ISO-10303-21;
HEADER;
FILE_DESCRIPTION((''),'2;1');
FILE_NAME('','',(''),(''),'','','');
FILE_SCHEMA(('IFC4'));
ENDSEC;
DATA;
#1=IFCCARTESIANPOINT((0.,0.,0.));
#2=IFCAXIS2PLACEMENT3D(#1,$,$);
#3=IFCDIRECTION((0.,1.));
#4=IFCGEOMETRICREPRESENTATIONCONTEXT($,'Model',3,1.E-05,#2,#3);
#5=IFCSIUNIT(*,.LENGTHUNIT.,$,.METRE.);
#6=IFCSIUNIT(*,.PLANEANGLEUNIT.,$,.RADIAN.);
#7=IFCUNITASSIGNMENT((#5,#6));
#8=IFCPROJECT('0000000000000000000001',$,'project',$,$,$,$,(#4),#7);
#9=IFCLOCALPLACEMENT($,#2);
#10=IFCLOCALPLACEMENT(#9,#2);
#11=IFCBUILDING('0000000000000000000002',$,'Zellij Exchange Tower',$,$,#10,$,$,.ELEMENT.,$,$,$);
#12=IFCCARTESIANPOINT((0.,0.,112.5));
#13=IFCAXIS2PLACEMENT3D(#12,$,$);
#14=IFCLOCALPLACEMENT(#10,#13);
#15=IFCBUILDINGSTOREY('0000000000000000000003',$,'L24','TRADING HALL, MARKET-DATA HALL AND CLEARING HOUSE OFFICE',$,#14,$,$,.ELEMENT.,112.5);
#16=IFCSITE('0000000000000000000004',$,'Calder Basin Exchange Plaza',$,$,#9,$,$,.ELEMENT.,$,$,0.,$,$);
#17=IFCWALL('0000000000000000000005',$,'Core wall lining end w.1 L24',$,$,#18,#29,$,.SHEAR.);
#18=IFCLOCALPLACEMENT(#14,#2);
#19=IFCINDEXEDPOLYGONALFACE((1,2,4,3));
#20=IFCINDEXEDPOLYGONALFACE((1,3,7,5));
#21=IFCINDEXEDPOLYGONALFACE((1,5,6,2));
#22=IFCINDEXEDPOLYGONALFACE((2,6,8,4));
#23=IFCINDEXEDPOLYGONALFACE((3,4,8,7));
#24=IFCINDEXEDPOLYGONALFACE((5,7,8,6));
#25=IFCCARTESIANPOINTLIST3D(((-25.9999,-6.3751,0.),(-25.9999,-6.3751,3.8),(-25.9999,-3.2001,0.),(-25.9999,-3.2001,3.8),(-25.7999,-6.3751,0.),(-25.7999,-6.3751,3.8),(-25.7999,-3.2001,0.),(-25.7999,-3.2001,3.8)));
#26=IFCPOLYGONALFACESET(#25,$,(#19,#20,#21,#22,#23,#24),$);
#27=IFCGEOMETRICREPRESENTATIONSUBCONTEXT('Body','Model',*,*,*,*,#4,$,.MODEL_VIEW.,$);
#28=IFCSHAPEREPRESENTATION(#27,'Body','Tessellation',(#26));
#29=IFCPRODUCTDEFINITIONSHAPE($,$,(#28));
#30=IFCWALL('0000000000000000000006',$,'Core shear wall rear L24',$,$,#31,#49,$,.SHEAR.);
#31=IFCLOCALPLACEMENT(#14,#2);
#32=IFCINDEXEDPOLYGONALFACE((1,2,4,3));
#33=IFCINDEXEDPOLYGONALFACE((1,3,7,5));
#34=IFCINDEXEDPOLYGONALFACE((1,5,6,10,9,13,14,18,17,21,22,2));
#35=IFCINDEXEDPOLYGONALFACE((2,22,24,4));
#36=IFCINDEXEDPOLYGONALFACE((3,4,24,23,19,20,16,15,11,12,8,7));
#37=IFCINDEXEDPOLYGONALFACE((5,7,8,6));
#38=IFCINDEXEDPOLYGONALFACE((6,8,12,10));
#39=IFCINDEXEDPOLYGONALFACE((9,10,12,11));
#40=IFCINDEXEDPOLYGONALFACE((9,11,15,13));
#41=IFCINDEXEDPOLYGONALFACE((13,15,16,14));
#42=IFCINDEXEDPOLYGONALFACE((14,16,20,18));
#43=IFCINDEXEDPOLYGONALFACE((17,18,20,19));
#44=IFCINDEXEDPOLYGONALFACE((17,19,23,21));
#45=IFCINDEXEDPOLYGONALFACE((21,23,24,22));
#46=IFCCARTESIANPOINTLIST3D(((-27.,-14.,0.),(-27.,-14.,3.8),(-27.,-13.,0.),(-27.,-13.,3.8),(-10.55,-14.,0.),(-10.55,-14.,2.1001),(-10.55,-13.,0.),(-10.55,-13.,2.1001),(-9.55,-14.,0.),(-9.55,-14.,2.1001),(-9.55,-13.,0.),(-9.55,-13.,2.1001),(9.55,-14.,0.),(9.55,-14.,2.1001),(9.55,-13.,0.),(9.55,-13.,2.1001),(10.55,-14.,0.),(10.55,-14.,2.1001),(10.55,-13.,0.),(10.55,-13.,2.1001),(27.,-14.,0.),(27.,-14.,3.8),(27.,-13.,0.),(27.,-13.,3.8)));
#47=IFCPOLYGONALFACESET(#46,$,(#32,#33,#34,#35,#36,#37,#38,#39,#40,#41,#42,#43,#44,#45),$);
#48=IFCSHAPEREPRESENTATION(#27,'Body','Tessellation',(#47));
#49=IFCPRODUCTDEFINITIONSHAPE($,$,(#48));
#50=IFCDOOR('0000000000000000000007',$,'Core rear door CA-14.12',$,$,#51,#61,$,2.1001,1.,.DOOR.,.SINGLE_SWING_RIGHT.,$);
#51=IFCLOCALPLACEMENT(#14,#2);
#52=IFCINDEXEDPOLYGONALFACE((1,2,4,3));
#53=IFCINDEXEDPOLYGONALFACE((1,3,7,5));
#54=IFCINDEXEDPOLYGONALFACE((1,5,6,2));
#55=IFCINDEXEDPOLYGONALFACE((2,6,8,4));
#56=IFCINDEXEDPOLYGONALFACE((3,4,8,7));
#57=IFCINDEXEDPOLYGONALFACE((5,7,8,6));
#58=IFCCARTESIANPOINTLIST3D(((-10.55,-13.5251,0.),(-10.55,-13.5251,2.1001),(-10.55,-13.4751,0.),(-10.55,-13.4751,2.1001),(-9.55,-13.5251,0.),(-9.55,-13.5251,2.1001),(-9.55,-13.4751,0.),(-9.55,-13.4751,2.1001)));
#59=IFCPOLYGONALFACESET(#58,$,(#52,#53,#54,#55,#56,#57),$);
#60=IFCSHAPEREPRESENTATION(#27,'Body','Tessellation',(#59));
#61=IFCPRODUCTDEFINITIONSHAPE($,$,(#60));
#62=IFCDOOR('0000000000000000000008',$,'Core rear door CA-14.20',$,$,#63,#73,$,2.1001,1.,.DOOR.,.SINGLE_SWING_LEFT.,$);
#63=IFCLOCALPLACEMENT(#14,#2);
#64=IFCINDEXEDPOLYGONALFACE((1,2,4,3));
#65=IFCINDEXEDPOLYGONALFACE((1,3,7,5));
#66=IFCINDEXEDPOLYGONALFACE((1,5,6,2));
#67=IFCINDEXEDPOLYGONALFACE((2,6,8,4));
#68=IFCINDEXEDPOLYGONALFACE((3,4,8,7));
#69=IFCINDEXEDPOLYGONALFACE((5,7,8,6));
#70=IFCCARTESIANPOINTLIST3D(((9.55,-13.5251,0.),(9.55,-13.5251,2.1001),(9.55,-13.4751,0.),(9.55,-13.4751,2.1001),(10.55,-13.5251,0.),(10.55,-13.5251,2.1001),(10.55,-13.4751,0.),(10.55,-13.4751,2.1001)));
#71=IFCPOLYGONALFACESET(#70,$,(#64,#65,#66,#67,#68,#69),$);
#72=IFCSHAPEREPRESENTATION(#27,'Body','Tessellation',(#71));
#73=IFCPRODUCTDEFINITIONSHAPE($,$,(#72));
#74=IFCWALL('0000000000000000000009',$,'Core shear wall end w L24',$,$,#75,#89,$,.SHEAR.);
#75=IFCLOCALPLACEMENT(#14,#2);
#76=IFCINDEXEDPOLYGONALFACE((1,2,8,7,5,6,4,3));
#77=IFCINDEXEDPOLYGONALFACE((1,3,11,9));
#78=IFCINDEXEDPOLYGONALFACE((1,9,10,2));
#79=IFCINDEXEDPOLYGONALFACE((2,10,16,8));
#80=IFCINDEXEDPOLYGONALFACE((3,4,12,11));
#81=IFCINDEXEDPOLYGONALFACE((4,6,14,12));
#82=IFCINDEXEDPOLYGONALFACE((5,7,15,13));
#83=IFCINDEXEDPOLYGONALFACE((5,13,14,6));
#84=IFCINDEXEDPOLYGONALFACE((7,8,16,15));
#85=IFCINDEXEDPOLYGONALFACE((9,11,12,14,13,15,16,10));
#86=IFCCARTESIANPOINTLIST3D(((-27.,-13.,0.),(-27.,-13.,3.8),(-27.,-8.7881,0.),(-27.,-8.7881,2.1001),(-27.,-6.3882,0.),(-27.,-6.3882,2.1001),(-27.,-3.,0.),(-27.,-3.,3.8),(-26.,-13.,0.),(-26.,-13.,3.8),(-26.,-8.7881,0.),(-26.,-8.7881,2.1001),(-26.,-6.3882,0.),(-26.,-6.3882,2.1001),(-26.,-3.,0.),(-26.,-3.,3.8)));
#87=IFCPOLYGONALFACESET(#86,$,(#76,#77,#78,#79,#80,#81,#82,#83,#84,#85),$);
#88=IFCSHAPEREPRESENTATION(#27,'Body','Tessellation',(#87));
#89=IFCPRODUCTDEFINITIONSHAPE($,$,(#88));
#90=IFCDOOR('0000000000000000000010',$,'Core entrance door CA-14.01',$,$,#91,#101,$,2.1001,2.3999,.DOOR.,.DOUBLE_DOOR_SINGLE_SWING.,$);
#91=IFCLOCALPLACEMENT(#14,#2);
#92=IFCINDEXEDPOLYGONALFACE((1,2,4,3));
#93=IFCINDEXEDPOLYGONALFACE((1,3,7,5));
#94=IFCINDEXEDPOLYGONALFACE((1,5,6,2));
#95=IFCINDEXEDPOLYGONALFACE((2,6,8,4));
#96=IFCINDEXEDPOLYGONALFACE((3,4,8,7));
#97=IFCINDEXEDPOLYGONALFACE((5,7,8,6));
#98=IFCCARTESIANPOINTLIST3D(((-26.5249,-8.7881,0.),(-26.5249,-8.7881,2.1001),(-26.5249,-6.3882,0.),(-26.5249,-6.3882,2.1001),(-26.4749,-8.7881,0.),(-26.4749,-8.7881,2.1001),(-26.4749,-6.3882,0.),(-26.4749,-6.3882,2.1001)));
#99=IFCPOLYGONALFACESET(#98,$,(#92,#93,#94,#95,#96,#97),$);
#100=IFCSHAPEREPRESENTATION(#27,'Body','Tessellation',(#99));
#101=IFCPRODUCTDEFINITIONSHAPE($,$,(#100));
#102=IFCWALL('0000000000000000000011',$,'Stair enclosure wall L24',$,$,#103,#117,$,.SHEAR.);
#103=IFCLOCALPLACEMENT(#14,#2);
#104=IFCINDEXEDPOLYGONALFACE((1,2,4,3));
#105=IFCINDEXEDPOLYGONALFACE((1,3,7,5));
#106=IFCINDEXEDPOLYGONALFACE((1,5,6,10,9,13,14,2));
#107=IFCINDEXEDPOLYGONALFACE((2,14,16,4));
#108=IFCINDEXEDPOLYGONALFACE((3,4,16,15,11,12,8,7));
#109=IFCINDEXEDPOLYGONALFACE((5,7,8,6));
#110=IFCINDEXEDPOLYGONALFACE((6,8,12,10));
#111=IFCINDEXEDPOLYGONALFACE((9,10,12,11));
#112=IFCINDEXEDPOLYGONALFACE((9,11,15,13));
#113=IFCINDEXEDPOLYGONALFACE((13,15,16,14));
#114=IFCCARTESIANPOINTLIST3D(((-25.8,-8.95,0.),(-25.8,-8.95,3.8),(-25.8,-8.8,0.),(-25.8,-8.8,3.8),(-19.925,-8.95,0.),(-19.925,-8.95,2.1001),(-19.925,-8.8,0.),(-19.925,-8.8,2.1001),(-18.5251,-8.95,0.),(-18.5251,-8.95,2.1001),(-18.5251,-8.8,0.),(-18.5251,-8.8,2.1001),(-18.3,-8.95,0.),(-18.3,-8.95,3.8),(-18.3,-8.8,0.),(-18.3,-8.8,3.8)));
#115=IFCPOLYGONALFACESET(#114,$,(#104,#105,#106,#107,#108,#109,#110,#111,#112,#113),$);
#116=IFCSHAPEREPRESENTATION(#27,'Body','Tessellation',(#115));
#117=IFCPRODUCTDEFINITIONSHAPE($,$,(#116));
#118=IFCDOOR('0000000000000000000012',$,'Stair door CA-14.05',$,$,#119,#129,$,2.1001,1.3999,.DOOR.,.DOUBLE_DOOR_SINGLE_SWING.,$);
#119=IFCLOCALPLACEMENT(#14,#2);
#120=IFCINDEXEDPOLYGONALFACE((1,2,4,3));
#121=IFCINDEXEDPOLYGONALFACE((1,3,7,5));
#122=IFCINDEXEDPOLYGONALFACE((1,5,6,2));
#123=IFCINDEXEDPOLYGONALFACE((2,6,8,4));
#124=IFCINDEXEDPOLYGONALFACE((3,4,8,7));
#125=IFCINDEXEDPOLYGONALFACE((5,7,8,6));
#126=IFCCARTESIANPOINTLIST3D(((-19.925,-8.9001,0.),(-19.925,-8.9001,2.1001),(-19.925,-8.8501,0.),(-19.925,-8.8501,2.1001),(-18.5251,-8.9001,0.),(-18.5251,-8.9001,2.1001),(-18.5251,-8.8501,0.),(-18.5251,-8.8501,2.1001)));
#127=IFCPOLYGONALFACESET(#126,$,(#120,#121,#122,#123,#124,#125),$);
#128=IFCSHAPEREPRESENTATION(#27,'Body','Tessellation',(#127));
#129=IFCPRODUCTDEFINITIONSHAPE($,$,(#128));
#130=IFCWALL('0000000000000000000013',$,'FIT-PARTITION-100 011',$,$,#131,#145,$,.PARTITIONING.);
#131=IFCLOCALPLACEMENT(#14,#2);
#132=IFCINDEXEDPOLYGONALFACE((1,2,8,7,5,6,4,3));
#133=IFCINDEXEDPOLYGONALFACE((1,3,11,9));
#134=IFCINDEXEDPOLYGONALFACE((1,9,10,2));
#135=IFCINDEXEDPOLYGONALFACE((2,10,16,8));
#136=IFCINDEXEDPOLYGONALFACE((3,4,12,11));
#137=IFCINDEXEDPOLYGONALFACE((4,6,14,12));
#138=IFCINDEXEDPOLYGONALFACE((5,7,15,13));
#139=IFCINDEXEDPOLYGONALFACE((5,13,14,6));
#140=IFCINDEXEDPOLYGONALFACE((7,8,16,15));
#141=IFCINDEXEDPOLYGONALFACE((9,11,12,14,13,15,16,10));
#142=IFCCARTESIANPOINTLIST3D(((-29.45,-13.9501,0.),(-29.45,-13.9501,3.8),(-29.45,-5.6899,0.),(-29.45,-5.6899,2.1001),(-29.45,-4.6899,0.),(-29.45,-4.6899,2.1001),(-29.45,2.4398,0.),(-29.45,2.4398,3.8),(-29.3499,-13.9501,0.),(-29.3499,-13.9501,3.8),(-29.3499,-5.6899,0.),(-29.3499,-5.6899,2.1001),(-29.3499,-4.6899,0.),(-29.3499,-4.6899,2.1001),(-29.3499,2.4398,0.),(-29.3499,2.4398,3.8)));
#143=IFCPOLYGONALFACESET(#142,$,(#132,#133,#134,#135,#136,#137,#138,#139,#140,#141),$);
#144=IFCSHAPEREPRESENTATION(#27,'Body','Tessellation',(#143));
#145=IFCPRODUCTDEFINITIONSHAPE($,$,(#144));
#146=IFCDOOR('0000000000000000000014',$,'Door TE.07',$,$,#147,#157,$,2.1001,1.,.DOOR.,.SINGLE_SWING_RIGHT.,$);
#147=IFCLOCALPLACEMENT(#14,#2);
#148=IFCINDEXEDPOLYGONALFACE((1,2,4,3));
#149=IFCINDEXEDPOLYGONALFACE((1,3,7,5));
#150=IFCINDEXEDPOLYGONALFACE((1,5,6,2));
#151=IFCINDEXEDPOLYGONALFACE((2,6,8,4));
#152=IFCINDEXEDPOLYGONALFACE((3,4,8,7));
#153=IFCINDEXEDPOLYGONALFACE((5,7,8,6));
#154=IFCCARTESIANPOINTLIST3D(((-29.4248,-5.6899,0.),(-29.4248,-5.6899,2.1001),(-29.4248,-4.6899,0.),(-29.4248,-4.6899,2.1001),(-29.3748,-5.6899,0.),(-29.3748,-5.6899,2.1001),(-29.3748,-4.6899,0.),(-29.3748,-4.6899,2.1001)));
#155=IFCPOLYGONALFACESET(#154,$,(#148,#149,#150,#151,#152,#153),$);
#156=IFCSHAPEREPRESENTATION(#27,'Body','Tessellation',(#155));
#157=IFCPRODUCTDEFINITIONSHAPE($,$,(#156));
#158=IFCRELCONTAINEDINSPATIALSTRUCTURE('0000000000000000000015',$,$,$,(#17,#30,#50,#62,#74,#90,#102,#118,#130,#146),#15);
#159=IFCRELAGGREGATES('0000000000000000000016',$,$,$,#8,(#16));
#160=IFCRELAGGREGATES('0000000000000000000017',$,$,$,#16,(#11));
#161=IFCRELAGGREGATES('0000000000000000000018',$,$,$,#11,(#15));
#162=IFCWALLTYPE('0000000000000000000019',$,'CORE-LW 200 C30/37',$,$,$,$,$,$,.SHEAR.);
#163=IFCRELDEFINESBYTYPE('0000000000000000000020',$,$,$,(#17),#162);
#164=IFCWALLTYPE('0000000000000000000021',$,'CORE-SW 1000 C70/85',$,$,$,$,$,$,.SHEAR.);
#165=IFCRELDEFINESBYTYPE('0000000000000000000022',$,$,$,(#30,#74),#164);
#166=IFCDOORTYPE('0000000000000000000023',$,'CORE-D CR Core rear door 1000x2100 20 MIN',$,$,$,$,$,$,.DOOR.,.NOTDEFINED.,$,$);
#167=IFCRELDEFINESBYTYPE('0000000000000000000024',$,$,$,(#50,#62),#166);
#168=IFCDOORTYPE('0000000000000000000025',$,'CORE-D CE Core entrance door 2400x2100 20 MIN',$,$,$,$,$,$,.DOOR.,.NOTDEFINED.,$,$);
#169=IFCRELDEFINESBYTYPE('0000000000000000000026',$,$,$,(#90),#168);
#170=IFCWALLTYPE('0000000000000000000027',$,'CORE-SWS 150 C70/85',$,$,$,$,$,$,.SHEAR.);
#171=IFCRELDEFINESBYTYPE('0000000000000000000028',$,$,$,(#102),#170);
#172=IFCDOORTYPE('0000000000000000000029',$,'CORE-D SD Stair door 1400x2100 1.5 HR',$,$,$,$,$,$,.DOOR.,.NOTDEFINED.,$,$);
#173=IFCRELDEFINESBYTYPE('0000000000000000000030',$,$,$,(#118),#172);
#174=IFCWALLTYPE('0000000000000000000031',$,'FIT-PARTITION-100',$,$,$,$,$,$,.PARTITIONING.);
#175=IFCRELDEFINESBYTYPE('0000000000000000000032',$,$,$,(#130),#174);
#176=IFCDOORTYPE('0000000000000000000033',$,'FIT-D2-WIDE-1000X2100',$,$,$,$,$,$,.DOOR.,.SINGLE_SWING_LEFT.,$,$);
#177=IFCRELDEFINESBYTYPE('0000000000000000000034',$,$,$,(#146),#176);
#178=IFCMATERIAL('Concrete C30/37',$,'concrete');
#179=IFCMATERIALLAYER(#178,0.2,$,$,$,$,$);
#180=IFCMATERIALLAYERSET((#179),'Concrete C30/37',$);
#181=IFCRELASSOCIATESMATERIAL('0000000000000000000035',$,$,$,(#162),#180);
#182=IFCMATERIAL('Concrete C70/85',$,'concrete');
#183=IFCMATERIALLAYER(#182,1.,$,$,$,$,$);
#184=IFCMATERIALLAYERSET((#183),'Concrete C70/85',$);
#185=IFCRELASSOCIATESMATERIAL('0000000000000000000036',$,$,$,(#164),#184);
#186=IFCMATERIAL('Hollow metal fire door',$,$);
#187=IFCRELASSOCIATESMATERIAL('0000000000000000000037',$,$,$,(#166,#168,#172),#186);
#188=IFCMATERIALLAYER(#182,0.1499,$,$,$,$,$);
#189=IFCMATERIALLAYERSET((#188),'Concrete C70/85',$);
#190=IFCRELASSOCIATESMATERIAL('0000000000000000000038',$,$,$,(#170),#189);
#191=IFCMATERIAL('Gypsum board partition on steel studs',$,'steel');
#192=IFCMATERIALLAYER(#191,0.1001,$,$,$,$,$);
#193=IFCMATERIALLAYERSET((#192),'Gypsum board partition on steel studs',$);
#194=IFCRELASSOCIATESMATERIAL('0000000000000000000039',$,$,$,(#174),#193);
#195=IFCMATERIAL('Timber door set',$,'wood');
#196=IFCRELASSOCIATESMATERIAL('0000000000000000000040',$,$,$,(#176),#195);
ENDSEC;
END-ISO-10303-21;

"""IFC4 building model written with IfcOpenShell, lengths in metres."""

from ifc_helpers import new_model, si_unit, direction, frame, frame_2d, origin, place, context, subcontext, project, spatial, rectangle, extrude, material, layer, layer_set, type_object, element, fill, save


model = new_model("IFC4")

# Units and contexts
model_context = context("Model", 3, precision=1e-05, world=origin(), true_north=direction((0.0, 1.0)))
body_context = subcontext(model_context, "Body", "Model", "MODEL_VIEW")
ifc_project = project(units=[si_unit("LENGTHUNIT", "METRE"), si_unit("PLANEANGLEUNIT", "RADIAN")], contexts=[model_context])

# Site, building, storey
site_placement = place(None, origin())
site = spatial("IfcSite", under=ifc_project, at=site_placement, Name="Calder Basin Exchange Plaza", CompositionType="ELEMENT", RefElevation=0.0)
building_placement = place(site_placement, origin())
building = spatial("IfcBuilding", under=site, at=building_placement, Name="Zellij Exchange Tower", CompositionType="ELEMENT")
storey_placement = place(building_placement, frame((0.0, 0.0, 112.5)))
storey = spatial("IfcBuildingStorey", under=building, at=storey_placement, Name="L24", Description="TRADING HALL, MARKET-DATA HALL AND CLEARING HOUSE OFFICE", CompositionType="ELEMENT", Elevation=112.5)

# Shared definitions
ifc_material_1 = material(Name="Concrete C70/85", Category="concrete")

# Wall
ifc_material_2 = material(Name="Concrete C30/37", Category="concrete")
ifc_layer_1 = layer(ifc_material_2, 0.2)
ifc_layer_set_1 = layer_set([ifc_layer_1], Name="Concrete C30/37")
wall_type_1 = type_object("IfcWallType", Name="CORE-LW 200 C30/37", PredefinedType="SHEAR", material=ifc_layer_set_1)
wall_1_placement = place(storey_placement, frame((-25.8999, -6.375, 0.0), z_axis=(0.0, 0.0, 1.0), x_axis=(0.0, 1.0, 0.0)))
element("IfcWall", 1, at=wall_1_placement, inside=storey, type_object=wall_type_1, Name="Core wall lining end w.1 L24", PredefinedType="SHEAR", context=body_context, shape_type="SweptSolid", body=[
    extrude(rectangle(XDim=3.175, YDim=0.2, at=frame_2d((1.5874, 0.0))), origin(), (0.0, 0.0, 1.0), 3.8),
])

# Wall, openings, doors
ifc_layer_2 = layer(ifc_material_1, 1.0)
ifc_layer_set_2 = layer_set([ifc_layer_2], Name="Concrete C70/85")
wall_type_2 = type_object("IfcWallType", Name="CORE-SW 1000 C70/85", PredefinedType="SHEAR", material=ifc_layer_set_2)
wall_2_placement = place(storey_placement, frame((-27.0, -13.5, 0.0), z_axis=(0.0, 0.0, 1.0), x_axis=(1.0, 0.0, 0.0)))
wall_2 = element("IfcWall", 2, at=wall_2_placement, inside=storey, type_object=wall_type_2, Name="Core shear wall rear L24", PredefinedType="SHEAR", context=body_context, shape_type="SweptSolid", body=[
    extrude(rectangle(XDim=54.0, YDim=1.0, at=frame_2d((27.0, 0.0))), origin(), (0.0, 0.0, 1.0), 3.8),
])
opening_1_placement = place(wall_2_placement, frame((16.45, 0.0, 0.0)))
opening_1 = element("IfcOpeningElement", 3, at=opening_1_placement, cuts=wall_2, PredefinedType="OPENING", context=body_context, shape_type="SweptSolid", body=[
    extrude(rectangle(XDim=1.0, YDim=2.1001, at=frame_2d((0.5, 1.05))), frame((0.0, 0.512, 0.0), z_axis=(0.0, -1.0, 0.0), x_axis=(1.0, 0.0, 0.0)), (0.0, 0.0, 1.0), 1.0239),
])
opening_2_placement = place(wall_2_placement, frame((36.55, 0.0, 0.0)))
opening_2 = element("IfcOpeningElement", 4, at=opening_2_placement, cuts=wall_2, PredefinedType="OPENING", context=body_context, shape_type="SweptSolid", body=[
    extrude(rectangle(XDim=1.0, YDim=2.1001, at=frame_2d((0.5, 1.05))), frame((0.0, 0.512, 0.0), z_axis=(0.0, -1.0, 0.0), x_axis=(1.0, 0.0, 0.0)), (0.0, 0.0, 1.0), 1.0239),
])
ifc_material_3 = material(Name="Hollow metal fire door")
door_type_1 = type_object("IfcDoorType", Name="CORE-D CR Core rear door 1000x2100 20 MIN", OperationType="NOTDEFINED", PredefinedType="DOOR", material=ifc_material_3)
door_1_placement = place(opening_1_placement, origin())
door_1 = element("IfcDoor", 5, at=door_1_placement, inside=storey, type_object=door_type_1, Name="Core rear door CA-14.12", OperationType="SINGLE_SWING_RIGHT", OverallHeight=2.1001, OverallWidth=1.0, PredefinedType="DOOR", context=body_context, shape_type="SweptSolid", body=[
    extrude(rectangle(XDim=1.0, YDim=2.1001, at=frame_2d((0.5, 1.05))), frame((0.0, 0.0249, 0.0), z_axis=(0.0, -1.0, 0.0), x_axis=(1.0, 0.0, 0.0)), (0.0, 0.0, 1.0), 0.05),
])
fill(opening_1, door_1)
door_2_placement = place(opening_2_placement, origin())
door_2 = element("IfcDoor", 6, at=door_2_placement, inside=storey, type_object=door_type_1, Name="Core rear door CA-14.20", OperationType="SINGLE_SWING_LEFT", OverallHeight=2.1001, OverallWidth=1.0, PredefinedType="DOOR", context=body_context, shape_type="SweptSolid", body=[
    extrude(rectangle(XDim=1.0, YDim=2.1001, at=frame_2d((0.5, 1.05))), frame((0.0, 0.0249, 0.0), z_axis=(0.0, -1.0, 0.0), x_axis=(1.0, 0.0, 0.0)), (0.0, 0.0, 1.0), 0.05),
])
fill(opening_2, door_2)

# Walls, openings, doors
wall_3_placement = place(storey_placement, frame((-26.5, -13.0, 0.0), z_axis=(0.0, 0.0, 1.0), x_axis=(0.0, 1.0, 0.0)))
wall_3 = element("IfcWall", 7, at=wall_3_placement, inside=storey, type_object=wall_type_2, Name="Core shear wall end w L24", PredefinedType="SHEAR", context=body_context, shape_type="SweptSolid", body=[
    extrude(rectangle(XDim=10.0, YDim=1.0, at=frame_2d((5.0, 0.0))), origin(), (0.0, 0.0, 1.0), 3.8),
])
opening_3_placement = place(wall_3_placement, frame((4.2119, 0.0, 0.0)))
opening_3 = element("IfcOpeningElement", 8, at=opening_3_placement, cuts=wall_3, PredefinedType="OPENING", context=body_context, shape_type="SweptSolid", body=[
    extrude(rectangle(XDim=2.3999, YDim=2.1001, at=frame_2d((1.2, 1.05))), frame((0.0, 0.512, 0.0), z_axis=(0.0, -1.0, 0.0), x_axis=(1.0, 0.0, 0.0)), (0.0, 0.0, 1.0), 1.0239),
])
door_type_2 = type_object("IfcDoorType", Name="CORE-D CE Core entrance door 2400x2100 20 MIN", OperationType="NOTDEFINED", PredefinedType="DOOR", material=ifc_material_3)
door_3_placement = place(opening_3_placement, origin())
door_3 = element("IfcDoor", 9, at=door_3_placement, inside=storey, type_object=door_type_2, Name="Core entrance door CA-14.01", OperationType="DOUBLE_DOOR_SINGLE_SWING", OverallHeight=2.1001, OverallWidth=2.3999, PredefinedType="DOOR", context=body_context, shape_type="SweptSolid", body=[
    extrude(rectangle(XDim=2.3999, YDim=2.1001, at=frame_2d((1.2, 1.05))), frame((0.0, 0.0249, 0.0), z_axis=(0.0, -1.0, 0.0), x_axis=(1.0, 0.0, 0.0)), (0.0, 0.0, 1.0), 0.05),
])
fill(opening_3, door_3)
ifc_layer_3 = layer(ifc_material_1, 0.1499)
ifc_layer_set_3 = layer_set([ifc_layer_3], Name="Concrete C70/85")
wall_type_3 = type_object("IfcWallType", Name="CORE-SWS 150 C70/85", PredefinedType="SHEAR", material=ifc_layer_set_3)
wall_4_placement = place(storey_placement, frame((-25.8, -8.875, 0.0), z_axis=(0.0, 0.0, 1.0), x_axis=(1.0, 0.0, 0.0)))
wall_4 = element("IfcWall", 10, at=wall_4_placement, inside=storey, type_object=wall_type_3, Name="Stair enclosure wall L24", PredefinedType="SHEAR", context=body_context, shape_type="SweptSolid", body=[
    extrude(rectangle(XDim=7.5, YDim=0.1499, at=frame_2d((3.75, 0.0))), origin(), (0.0, 0.0, 1.0), 3.8),
])
opening_4_placement = place(wall_4_placement, frame((5.875, 0.0, 0.0)))
opening_4 = element("IfcOpeningElement", 11, at=opening_4_placement, cuts=wall_4, PredefinedType="OPENING", context=body_context, shape_type="SweptSolid", body=[
    extrude(rectangle(XDim=1.3999, YDim=2.1001, at=frame_2d((0.7, 1.05))), frame((0.0, 0.0869, 0.0), z_axis=(0.0, -1.0, 0.0), x_axis=(1.0, 0.0, 0.0)), (0.0, 0.0, 1.0), 0.1738),
])
door_type_3 = type_object("IfcDoorType", Name="CORE-D SD Stair door 1400x2100 1.5 HR", OperationType="NOTDEFINED", PredefinedType="DOOR", material=ifc_material_3)
door_4_placement = place(opening_4_placement, origin())
door_4 = element("IfcDoor", 12, at=door_4_placement, inside=storey, type_object=door_type_3, Name="Stair door CA-14.05", OperationType="DOUBLE_DOOR_SINGLE_SWING", OverallHeight=2.1001, OverallWidth=1.3999, PredefinedType="DOOR", context=body_context, shape_type="SweptSolid", body=[
    extrude(rectangle(XDim=1.3999, YDim=2.1001, at=frame_2d((0.7, 1.05))), frame((0.0, 0.0249, 0.0), z_axis=(0.0, -1.0, 0.0), x_axis=(1.0, 0.0, 0.0)), (0.0, 0.0, 1.0), 0.05),
])
fill(opening_4, door_4)
ifc_material_4 = material(Name="Gypsum board partition on steel studs", Category="steel")
ifc_layer_4 = layer(ifc_material_4, 0.1001)
ifc_layer_set_4 = layer_set([ifc_layer_4], Name="Gypsum board partition on steel studs")
wall_type_4 = type_object("IfcWallType", Name="FIT-PARTITION-100", PredefinedType="PARTITIONING", material=ifc_layer_set_4)
wall_5_placement = place(storey_placement, frame((-29.3999, -13.95, 0.0), z_axis=(0.0, 0.0, 1.0), x_axis=(0.0, 1.0, 0.0)))
wall_5 = element("IfcWall", 13, at=wall_5_placement, inside=storey, type_object=wall_type_4, Name="FIT-PARTITION-100 011", PredefinedType="PARTITIONING", context=body_context, shape_type="SweptSolid", body=[
    extrude(rectangle(XDim=16.3899, YDim=0.1001, at=frame_2d((8.1948, 0.0))), origin(), (0.0, 0.0, 1.0), 3.8),
])
opening_5_placement = place(wall_5_placement, frame((8.26, 0.0, 0.0)))
opening_5 = element("IfcOpeningElement", 14, at=opening_5_placement, cuts=wall_5, PredefinedType="OPENING", context=body_context, shape_type="SweptSolid", body=[
    extrude(rectangle(XDim=1.0, YDim=2.1001, at=frame_2d((0.5, 1.05))), frame((0.0, 0.062, 0.0), z_axis=(0.0, -1.0, 0.0), x_axis=(1.0, 0.0, 0.0)), (0.0, 0.0, 1.0), 0.124),
])
ifc_material_5 = material(Name="Timber door set", Category="wood")
door_type_4 = type_object("IfcDoorType", Name="FIT-D2-WIDE-1000X2100", OperationType="SINGLE_SWING_LEFT", PredefinedType="DOOR", material=ifc_material_5)
door_5_placement = place(opening_5_placement, origin())
door_5 = element("IfcDoor", 15, at=door_5_placement, inside=storey, type_object=door_type_4, Name="Door TE.07", OperationType="SINGLE_SWING_RIGHT", OverallHeight=2.1001, OverallWidth=1.0, PredefinedType="DOOR", context=body_context, shape_type="SweptSolid", body=[
    extrude(rectangle(XDim=1.0, YDim=2.1001, at=frame_2d((0.5, 1.05))), frame((0.0, 0.0249, 0.0), z_axis=(0.0, -1.0, 0.0), x_axis=(1.0, 0.0, 0.0)), (0.0, 0.0, 1.0), 0.05),
])
fill(opening_5, door_5)

save(model, "model.ifc")
